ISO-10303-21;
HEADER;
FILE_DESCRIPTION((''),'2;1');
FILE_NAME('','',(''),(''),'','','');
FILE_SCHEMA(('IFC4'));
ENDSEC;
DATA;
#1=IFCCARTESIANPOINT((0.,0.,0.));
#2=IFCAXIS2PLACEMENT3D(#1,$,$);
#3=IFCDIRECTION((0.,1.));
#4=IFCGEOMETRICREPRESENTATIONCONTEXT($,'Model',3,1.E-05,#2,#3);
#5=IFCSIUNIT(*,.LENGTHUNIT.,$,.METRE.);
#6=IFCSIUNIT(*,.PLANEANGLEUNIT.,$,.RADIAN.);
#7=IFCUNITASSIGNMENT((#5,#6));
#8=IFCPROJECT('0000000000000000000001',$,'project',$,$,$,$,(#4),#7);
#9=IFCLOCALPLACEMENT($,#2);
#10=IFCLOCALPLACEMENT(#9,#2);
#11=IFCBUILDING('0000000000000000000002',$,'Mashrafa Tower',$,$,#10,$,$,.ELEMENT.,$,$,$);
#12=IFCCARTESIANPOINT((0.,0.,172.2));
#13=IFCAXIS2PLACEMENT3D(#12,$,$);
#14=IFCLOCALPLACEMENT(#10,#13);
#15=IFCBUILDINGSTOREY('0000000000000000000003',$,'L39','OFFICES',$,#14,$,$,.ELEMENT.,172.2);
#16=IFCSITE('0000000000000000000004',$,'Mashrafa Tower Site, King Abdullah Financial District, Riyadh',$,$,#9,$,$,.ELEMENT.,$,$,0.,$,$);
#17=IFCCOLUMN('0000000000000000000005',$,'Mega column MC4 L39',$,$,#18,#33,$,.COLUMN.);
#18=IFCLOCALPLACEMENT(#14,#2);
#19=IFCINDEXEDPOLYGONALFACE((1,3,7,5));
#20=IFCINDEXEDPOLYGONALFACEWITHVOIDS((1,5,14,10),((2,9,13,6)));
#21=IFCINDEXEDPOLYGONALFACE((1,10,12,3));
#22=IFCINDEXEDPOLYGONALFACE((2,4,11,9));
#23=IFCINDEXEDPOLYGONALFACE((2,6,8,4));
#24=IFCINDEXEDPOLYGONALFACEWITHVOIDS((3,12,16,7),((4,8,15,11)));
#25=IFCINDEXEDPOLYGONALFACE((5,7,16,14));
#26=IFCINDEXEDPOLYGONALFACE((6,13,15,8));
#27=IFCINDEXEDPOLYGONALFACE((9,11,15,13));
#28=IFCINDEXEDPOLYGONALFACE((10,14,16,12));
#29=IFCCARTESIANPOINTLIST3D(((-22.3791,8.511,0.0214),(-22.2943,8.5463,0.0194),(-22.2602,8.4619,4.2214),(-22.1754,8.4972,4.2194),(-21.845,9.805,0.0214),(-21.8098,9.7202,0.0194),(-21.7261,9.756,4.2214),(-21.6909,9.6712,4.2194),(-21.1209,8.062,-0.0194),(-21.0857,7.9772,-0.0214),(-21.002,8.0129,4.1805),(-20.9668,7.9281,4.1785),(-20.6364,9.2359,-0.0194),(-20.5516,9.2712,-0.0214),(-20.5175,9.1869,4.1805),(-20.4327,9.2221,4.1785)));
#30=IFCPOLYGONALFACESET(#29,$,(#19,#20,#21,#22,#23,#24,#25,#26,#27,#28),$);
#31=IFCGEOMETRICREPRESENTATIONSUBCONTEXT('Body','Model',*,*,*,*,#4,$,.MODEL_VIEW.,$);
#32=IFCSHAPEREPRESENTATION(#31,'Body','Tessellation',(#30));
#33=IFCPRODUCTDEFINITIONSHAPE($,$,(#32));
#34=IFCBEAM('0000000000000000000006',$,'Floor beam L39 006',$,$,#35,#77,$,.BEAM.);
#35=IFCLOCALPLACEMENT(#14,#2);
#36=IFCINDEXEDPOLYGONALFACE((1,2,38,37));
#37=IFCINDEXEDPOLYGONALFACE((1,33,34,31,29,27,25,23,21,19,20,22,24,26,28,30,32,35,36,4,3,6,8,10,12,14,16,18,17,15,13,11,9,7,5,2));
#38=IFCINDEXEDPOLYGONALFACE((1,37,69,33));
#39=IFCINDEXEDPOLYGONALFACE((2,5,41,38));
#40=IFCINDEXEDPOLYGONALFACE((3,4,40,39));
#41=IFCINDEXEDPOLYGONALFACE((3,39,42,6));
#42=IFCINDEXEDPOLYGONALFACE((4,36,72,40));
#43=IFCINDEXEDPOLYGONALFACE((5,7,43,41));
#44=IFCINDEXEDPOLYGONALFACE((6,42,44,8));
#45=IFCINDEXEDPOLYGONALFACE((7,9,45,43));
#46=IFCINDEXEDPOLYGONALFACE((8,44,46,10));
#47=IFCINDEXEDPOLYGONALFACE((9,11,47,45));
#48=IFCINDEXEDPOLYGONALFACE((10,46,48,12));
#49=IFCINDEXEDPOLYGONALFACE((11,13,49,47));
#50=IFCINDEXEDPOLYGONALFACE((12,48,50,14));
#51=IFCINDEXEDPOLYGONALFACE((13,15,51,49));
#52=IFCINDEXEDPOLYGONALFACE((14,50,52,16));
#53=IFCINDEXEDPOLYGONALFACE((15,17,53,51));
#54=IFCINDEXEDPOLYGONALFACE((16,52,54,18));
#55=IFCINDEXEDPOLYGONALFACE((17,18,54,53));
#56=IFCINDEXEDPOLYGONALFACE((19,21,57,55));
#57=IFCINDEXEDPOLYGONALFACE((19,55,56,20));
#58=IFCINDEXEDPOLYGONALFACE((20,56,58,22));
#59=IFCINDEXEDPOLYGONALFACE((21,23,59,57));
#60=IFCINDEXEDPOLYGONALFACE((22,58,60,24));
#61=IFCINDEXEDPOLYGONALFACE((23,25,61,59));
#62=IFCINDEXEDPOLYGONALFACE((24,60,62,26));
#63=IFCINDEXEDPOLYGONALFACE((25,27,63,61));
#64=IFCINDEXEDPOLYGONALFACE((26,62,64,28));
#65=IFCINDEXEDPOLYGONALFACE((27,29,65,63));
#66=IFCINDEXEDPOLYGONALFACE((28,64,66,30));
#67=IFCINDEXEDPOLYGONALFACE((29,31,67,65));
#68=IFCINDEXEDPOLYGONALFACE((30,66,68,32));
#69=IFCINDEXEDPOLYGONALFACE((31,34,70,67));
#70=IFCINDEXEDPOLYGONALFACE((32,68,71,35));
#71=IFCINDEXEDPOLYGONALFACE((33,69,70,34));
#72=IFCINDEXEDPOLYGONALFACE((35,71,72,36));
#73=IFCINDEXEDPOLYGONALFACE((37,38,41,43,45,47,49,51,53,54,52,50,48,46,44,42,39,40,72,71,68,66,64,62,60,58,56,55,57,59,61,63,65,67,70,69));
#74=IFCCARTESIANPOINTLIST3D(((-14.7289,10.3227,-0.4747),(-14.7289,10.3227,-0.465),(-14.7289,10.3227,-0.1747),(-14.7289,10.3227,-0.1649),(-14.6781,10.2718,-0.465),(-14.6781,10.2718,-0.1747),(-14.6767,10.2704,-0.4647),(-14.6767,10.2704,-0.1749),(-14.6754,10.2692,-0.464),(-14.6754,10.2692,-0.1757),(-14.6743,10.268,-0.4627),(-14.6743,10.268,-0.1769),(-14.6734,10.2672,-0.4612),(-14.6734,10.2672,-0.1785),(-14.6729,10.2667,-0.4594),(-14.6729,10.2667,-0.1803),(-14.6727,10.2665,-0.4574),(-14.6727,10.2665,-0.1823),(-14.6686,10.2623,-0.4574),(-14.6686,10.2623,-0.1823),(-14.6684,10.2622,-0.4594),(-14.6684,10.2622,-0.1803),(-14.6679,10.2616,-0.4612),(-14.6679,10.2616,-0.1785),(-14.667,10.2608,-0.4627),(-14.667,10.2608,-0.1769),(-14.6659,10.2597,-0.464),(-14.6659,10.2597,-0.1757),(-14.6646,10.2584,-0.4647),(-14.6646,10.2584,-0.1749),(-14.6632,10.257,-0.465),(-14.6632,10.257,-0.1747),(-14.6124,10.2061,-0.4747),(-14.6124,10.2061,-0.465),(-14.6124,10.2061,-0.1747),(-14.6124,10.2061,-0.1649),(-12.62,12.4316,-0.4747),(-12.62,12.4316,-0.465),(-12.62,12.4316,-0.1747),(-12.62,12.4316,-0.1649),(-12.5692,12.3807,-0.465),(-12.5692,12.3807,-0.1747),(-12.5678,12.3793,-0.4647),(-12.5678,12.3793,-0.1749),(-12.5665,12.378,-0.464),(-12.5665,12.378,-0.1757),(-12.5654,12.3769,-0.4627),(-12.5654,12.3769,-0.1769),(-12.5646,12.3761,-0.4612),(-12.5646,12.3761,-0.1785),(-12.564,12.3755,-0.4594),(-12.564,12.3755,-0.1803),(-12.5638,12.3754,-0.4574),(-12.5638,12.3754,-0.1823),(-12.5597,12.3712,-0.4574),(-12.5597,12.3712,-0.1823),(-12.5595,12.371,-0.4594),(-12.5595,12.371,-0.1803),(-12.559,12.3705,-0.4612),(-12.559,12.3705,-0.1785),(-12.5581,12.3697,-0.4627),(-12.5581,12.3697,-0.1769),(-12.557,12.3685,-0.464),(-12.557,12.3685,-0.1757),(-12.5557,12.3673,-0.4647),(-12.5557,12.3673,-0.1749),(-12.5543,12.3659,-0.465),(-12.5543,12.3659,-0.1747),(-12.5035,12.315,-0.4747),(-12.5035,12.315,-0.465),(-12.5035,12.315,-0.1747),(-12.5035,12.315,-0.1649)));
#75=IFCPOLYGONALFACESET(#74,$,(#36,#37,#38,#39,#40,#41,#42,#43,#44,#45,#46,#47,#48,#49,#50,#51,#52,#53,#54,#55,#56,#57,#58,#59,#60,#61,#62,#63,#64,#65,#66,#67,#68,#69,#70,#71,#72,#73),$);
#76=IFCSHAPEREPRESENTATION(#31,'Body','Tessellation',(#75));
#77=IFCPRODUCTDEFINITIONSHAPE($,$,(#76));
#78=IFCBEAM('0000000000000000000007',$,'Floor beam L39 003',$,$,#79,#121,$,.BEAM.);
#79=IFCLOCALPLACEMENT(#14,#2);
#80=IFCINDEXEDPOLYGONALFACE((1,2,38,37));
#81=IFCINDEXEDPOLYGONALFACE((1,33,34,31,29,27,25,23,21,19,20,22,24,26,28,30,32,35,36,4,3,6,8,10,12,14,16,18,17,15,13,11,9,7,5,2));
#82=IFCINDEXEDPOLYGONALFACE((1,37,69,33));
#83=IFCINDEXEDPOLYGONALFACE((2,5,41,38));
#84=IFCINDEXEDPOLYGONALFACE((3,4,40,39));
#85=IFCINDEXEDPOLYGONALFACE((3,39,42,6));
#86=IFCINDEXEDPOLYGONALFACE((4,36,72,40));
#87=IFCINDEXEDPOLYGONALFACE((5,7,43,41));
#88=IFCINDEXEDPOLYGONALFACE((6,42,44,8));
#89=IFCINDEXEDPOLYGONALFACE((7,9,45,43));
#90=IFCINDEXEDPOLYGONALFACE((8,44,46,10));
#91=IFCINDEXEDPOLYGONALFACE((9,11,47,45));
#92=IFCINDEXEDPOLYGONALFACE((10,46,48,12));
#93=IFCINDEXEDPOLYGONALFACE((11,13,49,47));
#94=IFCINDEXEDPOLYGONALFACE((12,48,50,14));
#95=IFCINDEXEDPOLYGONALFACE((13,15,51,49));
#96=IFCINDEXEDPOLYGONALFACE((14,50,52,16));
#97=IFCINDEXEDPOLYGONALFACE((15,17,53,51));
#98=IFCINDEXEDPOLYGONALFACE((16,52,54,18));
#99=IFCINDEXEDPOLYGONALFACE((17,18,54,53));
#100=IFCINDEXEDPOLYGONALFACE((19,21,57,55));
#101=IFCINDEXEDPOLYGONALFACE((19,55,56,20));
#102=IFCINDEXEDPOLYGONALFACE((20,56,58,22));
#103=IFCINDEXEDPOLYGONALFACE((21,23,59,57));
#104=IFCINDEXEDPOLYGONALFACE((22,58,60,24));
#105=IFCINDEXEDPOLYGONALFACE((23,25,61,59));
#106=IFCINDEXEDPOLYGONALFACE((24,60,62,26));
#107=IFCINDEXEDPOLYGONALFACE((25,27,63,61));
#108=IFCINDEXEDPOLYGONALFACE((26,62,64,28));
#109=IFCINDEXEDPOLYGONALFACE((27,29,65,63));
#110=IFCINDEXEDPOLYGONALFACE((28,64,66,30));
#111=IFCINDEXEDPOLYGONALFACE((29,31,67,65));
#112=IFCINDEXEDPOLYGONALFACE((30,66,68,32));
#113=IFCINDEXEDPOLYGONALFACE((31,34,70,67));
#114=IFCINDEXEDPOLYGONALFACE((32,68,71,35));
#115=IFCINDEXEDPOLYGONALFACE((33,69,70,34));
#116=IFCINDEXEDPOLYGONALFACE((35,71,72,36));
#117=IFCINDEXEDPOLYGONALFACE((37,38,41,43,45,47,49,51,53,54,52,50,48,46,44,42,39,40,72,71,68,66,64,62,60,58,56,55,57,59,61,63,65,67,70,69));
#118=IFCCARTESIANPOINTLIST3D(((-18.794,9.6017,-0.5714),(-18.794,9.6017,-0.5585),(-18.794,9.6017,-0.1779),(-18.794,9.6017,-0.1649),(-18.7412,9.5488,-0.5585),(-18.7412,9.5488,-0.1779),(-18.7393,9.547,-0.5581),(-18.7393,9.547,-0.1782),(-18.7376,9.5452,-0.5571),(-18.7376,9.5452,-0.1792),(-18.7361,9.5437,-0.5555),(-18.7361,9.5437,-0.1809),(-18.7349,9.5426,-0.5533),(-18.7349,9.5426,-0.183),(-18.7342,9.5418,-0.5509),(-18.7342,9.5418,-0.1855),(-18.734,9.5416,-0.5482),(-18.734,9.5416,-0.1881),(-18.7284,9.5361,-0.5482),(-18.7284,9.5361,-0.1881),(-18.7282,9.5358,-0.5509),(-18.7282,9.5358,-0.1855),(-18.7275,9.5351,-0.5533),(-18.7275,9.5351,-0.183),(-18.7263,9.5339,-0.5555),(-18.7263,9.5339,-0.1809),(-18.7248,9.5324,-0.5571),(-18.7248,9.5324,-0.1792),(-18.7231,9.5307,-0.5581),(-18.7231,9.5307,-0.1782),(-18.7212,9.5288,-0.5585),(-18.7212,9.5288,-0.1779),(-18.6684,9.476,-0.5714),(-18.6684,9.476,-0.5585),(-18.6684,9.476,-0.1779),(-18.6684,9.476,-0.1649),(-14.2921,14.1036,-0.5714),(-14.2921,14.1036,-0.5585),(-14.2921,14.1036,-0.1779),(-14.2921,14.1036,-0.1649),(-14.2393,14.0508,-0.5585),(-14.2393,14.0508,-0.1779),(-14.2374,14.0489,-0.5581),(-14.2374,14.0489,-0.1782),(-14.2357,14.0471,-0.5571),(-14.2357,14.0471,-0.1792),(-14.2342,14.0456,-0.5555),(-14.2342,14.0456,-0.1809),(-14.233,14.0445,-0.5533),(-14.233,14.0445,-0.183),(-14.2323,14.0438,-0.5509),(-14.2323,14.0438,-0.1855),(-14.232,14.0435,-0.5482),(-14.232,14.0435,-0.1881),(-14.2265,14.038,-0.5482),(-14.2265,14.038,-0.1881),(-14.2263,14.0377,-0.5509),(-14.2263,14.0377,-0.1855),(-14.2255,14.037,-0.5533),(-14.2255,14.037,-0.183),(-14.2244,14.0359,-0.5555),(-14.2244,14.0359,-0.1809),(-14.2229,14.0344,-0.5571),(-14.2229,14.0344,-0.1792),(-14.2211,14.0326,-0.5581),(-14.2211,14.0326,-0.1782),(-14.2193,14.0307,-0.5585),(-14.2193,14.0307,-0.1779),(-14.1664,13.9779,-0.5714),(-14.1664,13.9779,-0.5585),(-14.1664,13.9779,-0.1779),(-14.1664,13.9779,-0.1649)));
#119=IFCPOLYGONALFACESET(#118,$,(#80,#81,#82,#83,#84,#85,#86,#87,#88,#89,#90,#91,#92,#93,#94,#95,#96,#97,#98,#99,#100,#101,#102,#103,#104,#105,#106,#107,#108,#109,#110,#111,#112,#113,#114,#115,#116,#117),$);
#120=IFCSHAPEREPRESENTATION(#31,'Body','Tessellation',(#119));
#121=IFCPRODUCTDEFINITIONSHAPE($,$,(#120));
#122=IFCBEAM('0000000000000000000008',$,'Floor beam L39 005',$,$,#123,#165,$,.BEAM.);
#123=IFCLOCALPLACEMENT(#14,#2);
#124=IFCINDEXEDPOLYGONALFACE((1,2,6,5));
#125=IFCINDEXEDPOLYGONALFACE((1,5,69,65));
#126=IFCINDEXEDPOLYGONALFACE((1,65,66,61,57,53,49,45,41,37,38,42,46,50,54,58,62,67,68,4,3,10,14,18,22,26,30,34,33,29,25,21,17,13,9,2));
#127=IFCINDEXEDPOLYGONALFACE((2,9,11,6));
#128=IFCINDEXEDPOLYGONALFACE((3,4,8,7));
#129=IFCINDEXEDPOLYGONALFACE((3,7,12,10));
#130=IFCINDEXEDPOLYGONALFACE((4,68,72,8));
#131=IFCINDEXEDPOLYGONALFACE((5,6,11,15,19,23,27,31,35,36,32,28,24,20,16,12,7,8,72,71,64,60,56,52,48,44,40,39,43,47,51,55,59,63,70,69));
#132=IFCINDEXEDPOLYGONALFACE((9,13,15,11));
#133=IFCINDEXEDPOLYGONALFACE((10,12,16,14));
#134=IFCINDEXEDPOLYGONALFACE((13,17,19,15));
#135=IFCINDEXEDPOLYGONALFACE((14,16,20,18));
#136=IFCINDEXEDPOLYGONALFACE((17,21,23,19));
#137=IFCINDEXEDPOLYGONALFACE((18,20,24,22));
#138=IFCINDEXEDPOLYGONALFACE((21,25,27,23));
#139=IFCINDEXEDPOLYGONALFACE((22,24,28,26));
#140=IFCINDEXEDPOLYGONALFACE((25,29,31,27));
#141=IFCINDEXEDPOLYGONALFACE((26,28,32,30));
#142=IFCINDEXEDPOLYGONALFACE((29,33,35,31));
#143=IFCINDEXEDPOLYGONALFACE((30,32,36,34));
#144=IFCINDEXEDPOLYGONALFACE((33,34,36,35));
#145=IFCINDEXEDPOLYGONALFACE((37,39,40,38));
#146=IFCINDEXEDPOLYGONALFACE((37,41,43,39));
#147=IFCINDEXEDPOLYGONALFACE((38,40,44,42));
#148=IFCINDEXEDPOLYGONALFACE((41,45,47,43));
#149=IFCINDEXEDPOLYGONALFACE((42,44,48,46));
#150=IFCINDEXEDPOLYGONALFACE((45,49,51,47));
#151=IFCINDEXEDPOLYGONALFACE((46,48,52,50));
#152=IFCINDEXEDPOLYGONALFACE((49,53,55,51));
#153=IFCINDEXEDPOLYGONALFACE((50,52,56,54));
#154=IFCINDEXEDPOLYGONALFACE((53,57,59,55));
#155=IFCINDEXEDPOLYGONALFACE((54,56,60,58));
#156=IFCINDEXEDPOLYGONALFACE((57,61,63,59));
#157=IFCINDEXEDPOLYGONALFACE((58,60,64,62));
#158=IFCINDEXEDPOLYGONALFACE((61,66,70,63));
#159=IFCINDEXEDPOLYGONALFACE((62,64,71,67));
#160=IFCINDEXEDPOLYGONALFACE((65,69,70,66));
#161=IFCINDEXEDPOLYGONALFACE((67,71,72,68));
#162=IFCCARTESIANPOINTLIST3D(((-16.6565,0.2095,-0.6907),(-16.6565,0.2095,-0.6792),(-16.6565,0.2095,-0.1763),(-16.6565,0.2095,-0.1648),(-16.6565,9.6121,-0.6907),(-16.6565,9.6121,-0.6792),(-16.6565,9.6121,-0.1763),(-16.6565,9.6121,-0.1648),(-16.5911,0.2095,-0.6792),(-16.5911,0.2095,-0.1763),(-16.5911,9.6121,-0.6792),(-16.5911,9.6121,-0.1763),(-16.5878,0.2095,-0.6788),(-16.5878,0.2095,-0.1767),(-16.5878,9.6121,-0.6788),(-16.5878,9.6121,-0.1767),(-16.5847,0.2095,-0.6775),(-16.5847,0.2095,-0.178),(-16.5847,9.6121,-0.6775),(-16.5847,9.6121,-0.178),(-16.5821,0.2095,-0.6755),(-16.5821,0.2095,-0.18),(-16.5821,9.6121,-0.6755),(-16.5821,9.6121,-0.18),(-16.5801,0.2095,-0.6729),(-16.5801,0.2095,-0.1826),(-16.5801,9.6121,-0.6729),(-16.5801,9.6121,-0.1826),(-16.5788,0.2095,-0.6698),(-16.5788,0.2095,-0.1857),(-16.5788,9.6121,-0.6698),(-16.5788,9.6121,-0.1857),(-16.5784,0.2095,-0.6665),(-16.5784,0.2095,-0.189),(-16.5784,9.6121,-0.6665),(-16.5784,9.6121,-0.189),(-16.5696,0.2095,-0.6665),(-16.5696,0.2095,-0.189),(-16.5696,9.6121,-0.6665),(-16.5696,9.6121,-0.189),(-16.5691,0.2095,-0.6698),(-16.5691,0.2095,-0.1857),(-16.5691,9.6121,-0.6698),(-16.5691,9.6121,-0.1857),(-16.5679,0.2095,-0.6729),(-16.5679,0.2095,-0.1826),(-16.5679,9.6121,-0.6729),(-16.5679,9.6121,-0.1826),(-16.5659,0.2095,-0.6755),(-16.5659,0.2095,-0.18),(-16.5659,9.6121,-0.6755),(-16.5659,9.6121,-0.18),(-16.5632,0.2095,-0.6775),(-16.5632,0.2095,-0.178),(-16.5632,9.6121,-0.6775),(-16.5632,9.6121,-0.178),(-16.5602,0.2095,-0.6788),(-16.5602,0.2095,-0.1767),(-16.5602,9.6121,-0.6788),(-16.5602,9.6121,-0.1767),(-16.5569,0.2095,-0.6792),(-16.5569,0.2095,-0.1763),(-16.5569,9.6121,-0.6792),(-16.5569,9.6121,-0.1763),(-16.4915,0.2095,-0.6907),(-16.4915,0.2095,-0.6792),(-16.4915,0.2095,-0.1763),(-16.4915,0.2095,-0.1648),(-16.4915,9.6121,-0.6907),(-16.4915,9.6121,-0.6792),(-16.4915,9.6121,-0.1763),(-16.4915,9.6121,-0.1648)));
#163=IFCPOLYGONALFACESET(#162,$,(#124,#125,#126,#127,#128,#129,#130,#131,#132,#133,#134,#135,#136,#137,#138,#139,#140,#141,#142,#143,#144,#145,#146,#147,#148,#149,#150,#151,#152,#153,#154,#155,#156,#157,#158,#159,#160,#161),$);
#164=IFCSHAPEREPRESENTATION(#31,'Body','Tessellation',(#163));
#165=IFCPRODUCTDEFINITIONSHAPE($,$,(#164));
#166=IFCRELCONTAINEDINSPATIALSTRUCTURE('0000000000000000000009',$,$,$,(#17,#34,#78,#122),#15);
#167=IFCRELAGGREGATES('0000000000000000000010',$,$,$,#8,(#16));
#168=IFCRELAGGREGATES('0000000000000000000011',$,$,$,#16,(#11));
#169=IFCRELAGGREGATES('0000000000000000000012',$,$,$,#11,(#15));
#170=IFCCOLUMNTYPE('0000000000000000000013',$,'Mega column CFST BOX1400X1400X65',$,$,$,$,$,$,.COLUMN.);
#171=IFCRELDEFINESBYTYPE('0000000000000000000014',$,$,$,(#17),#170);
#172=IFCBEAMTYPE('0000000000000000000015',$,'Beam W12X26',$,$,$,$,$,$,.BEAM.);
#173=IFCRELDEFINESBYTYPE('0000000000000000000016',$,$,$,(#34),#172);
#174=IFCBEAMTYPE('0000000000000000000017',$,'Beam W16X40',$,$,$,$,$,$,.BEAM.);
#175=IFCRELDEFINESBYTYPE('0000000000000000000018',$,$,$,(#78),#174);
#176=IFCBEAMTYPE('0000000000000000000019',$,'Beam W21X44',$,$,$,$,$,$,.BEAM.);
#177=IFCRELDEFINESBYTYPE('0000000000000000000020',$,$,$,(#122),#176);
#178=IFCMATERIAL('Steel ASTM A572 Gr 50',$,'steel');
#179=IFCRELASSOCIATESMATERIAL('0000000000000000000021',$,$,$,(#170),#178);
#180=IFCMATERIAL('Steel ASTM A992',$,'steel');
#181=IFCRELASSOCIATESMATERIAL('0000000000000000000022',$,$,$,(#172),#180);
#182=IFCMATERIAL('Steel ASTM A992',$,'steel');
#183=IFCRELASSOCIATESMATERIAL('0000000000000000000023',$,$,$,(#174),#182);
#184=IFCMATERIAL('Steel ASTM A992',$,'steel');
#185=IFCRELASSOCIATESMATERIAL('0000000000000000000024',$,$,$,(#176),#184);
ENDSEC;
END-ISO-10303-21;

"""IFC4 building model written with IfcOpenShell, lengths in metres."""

from ifc_helpers import new_model, si_unit, direction, frame, origin, origin_2d, place, context, subcontext, project, spatial, hollow_rectangle, i_section, extrude, material, material_profile, profile_set, type_object, element, save


model = new_model("IFC4")

# Units and contexts
model_context = context("Model", 3, precision=1e-05, world=origin(), true_north=direction((0.0, 1.0)))
body_context = subcontext(model_context, "Body", "Model", "MODEL_VIEW")
ifc_project = project(units=[si_unit("LENGTHUNIT", "METRE"), si_unit("PLANEANGLEUNIT", "RADIAN")], contexts=[model_context])

# Site, building, storey
site_placement = place(None, origin())
site = spatial("IfcSite", under=ifc_project, at=site_placement, Name="Mashrafa Tower Site, King Abdullah Financial District, Riyadh", CompositionType="ELEMENT", RefElevation=0.0)
building_placement = place(site_placement, origin())
building = spatial("IfcBuilding", under=site, at=building_placement, Name="Mashrafa Tower", CompositionType="ELEMENT")
storey_placement = place(building_placement, frame((0.0, 0.0, 172.2)))
storey = spatial("IfcBuildingStorey", under=building, at=storey_placement, Name="L39", Description="OFFICES", CompositionType="ELEMENT", Elevation=172.2)

# Column
ifc_material_1 = material(Name="Steel ASTM A572 Gr 50", Category="steel")
ifc_material_profile_1 = material_profile(ifc_material_1, hollow_rectangle(XDim=1.3999, YDim=1.3999, WallThickness=0.0649, at=origin_2d()), Name="BOX1400X1400X65")
ifc_profile_set_1 = profile_set([ifc_material_profile_1], Name="Steel ASTM A572 Gr 50")
column_type = type_object("IfcColumnType", Name="Mega column CFST BOX1400X1400X65", PredefinedType="COLUMN", material=ifc_profile_set_1)
column_placement = place(storey_placement, frame((-21.4653, 8.8911, 0.0), z_axis=(0.028296, -0.011679, 0.999531), x_axis=(0.381513, 0.924363, 0.0)))
element("IfcColumn", 1, at=column_placement, inside=storey, type_object=column_type, Name="Mega column MC4 L39", PredefinedType="COLUMN", context=body_context, shape_type="SweptSolid", body=[
    extrude(hollow_rectangle(XDim=1.3999, YDim=1.3999, WallThickness=0.0649, at=origin_2d()), origin(), (0.0, 0.0, 1.0), 4.2019),
])

# Beams
ifc_material_2 = material(Name="Steel ASTM A992", Category="steel")
ifc_material_profile_2 = material_profile(ifc_material_2, i_section(OverallWidth=0.1648, OverallDepth=0.3098, WebThickness=0.0059, FlangeThickness=0.0098, FilletRadius=0.0076, at=origin_2d()), Name="W12X26")
ifc_profile_set_2 = profile_set([ifc_material_profile_2], Name="Steel ASTM A992")
beam_type_1 = type_object("IfcBeamType", Name="Beam W12X26", PredefinedType="BEAM", material=ifc_profile_set_2)
beam_1_placement = place(storey_placement, frame((-14.6707, 10.2644, -0.3198), z_axis=(0.707107, 0.707107, 0.0), x_axis=(-0.707107, 0.707107, 0.0)))
element("IfcBeam", 2, at=beam_1_placement, inside=storey, type_object=beam_type_1, Name="Floor beam L39 006", PredefinedType="BEAM", context=body_context, shape_type="SweptSolid", body=[
    extrude(i_section(OverallWidth=0.1648, OverallDepth=0.3098, WebThickness=0.0059, FlangeThickness=0.0098, FilletRadius=0.0076, at=origin_2d()), origin(), (0.0, 0.0, 1.0), 2.9824),
])
ifc_material_3 = material(Name="Steel ASTM A992", Category="steel")
ifc_material_profile_3 = material_profile(ifc_material_3, i_section(OverallWidth=0.1777, OverallDepth=0.4065, WebThickness=0.0078, FlangeThickness=0.0129, FilletRadius=0.0103, at=origin_2d()), Name="W16X40")
ifc_profile_set_3 = profile_set([ifc_material_profile_3], Name="Steel ASTM A992")
beam_type_2 = type_object("IfcBeamType", Name="Beam W16X40", PredefinedType="BEAM", material=ifc_profile_set_3)
beam_2_placement = place(storey_placement, frame((-18.7312, 9.5388, -0.3682), z_axis=(0.707107, 0.707107, 0.0), x_axis=(-0.707107, 0.707107, 0.0)))
element("IfcBeam", 3, at=beam_2_placement, inside=storey, type_object=beam_type_2, Name="Floor beam L39 003", PredefinedType="BEAM", context=body_context, shape_type="SweptSolid", body=[
    extrude(i_section(OverallWidth=0.1777, OverallDepth=0.4065, WebThickness=0.0078, FlangeThickness=0.0129, FilletRadius=0.0103, at=origin_2d()), origin(), (0.0, 0.0, 1.0), 6.3667),
])
ifc_material_4 = material(Name="Steel ASTM A992", Category="steel")
ifc_material_profile_4 = material_profile(ifc_material_4, i_section(OverallWidth=0.165, OverallDepth=0.5259, WebThickness=0.0088, FlangeThickness=0.0115, FilletRadius=0.0127, at=origin_2d()), Name="W21X44")
ifc_profile_set_4 = profile_set([ifc_material_profile_4], Name="Steel ASTM A992")
beam_type_3 = type_object("IfcBeamType", Name="Beam W21X44", PredefinedType="BEAM", material=ifc_profile_set_4)
beam_3_placement = place(storey_placement, frame((-16.574, 0.2095, -0.4277), z_axis=(0.0, 1.0, 0.0), x_axis=(-1.0, 0.0, 0.0)))
element("IfcBeam", 4, at=beam_3_placement, inside=storey, type_object=beam_type_3, Name="Floor beam L39 005", PredefinedType="BEAM", context=body_context, shape_type="SweptSolid", body=[
    extrude(i_section(OverallWidth=0.165, OverallDepth=0.5259, WebThickness=0.0088, FlangeThickness=0.0115, FilletRadius=0.0127, at=origin_2d()), origin(), (0.0, 0.0, 1.0), 9.4026),
])

save(model, "model.ifc")
